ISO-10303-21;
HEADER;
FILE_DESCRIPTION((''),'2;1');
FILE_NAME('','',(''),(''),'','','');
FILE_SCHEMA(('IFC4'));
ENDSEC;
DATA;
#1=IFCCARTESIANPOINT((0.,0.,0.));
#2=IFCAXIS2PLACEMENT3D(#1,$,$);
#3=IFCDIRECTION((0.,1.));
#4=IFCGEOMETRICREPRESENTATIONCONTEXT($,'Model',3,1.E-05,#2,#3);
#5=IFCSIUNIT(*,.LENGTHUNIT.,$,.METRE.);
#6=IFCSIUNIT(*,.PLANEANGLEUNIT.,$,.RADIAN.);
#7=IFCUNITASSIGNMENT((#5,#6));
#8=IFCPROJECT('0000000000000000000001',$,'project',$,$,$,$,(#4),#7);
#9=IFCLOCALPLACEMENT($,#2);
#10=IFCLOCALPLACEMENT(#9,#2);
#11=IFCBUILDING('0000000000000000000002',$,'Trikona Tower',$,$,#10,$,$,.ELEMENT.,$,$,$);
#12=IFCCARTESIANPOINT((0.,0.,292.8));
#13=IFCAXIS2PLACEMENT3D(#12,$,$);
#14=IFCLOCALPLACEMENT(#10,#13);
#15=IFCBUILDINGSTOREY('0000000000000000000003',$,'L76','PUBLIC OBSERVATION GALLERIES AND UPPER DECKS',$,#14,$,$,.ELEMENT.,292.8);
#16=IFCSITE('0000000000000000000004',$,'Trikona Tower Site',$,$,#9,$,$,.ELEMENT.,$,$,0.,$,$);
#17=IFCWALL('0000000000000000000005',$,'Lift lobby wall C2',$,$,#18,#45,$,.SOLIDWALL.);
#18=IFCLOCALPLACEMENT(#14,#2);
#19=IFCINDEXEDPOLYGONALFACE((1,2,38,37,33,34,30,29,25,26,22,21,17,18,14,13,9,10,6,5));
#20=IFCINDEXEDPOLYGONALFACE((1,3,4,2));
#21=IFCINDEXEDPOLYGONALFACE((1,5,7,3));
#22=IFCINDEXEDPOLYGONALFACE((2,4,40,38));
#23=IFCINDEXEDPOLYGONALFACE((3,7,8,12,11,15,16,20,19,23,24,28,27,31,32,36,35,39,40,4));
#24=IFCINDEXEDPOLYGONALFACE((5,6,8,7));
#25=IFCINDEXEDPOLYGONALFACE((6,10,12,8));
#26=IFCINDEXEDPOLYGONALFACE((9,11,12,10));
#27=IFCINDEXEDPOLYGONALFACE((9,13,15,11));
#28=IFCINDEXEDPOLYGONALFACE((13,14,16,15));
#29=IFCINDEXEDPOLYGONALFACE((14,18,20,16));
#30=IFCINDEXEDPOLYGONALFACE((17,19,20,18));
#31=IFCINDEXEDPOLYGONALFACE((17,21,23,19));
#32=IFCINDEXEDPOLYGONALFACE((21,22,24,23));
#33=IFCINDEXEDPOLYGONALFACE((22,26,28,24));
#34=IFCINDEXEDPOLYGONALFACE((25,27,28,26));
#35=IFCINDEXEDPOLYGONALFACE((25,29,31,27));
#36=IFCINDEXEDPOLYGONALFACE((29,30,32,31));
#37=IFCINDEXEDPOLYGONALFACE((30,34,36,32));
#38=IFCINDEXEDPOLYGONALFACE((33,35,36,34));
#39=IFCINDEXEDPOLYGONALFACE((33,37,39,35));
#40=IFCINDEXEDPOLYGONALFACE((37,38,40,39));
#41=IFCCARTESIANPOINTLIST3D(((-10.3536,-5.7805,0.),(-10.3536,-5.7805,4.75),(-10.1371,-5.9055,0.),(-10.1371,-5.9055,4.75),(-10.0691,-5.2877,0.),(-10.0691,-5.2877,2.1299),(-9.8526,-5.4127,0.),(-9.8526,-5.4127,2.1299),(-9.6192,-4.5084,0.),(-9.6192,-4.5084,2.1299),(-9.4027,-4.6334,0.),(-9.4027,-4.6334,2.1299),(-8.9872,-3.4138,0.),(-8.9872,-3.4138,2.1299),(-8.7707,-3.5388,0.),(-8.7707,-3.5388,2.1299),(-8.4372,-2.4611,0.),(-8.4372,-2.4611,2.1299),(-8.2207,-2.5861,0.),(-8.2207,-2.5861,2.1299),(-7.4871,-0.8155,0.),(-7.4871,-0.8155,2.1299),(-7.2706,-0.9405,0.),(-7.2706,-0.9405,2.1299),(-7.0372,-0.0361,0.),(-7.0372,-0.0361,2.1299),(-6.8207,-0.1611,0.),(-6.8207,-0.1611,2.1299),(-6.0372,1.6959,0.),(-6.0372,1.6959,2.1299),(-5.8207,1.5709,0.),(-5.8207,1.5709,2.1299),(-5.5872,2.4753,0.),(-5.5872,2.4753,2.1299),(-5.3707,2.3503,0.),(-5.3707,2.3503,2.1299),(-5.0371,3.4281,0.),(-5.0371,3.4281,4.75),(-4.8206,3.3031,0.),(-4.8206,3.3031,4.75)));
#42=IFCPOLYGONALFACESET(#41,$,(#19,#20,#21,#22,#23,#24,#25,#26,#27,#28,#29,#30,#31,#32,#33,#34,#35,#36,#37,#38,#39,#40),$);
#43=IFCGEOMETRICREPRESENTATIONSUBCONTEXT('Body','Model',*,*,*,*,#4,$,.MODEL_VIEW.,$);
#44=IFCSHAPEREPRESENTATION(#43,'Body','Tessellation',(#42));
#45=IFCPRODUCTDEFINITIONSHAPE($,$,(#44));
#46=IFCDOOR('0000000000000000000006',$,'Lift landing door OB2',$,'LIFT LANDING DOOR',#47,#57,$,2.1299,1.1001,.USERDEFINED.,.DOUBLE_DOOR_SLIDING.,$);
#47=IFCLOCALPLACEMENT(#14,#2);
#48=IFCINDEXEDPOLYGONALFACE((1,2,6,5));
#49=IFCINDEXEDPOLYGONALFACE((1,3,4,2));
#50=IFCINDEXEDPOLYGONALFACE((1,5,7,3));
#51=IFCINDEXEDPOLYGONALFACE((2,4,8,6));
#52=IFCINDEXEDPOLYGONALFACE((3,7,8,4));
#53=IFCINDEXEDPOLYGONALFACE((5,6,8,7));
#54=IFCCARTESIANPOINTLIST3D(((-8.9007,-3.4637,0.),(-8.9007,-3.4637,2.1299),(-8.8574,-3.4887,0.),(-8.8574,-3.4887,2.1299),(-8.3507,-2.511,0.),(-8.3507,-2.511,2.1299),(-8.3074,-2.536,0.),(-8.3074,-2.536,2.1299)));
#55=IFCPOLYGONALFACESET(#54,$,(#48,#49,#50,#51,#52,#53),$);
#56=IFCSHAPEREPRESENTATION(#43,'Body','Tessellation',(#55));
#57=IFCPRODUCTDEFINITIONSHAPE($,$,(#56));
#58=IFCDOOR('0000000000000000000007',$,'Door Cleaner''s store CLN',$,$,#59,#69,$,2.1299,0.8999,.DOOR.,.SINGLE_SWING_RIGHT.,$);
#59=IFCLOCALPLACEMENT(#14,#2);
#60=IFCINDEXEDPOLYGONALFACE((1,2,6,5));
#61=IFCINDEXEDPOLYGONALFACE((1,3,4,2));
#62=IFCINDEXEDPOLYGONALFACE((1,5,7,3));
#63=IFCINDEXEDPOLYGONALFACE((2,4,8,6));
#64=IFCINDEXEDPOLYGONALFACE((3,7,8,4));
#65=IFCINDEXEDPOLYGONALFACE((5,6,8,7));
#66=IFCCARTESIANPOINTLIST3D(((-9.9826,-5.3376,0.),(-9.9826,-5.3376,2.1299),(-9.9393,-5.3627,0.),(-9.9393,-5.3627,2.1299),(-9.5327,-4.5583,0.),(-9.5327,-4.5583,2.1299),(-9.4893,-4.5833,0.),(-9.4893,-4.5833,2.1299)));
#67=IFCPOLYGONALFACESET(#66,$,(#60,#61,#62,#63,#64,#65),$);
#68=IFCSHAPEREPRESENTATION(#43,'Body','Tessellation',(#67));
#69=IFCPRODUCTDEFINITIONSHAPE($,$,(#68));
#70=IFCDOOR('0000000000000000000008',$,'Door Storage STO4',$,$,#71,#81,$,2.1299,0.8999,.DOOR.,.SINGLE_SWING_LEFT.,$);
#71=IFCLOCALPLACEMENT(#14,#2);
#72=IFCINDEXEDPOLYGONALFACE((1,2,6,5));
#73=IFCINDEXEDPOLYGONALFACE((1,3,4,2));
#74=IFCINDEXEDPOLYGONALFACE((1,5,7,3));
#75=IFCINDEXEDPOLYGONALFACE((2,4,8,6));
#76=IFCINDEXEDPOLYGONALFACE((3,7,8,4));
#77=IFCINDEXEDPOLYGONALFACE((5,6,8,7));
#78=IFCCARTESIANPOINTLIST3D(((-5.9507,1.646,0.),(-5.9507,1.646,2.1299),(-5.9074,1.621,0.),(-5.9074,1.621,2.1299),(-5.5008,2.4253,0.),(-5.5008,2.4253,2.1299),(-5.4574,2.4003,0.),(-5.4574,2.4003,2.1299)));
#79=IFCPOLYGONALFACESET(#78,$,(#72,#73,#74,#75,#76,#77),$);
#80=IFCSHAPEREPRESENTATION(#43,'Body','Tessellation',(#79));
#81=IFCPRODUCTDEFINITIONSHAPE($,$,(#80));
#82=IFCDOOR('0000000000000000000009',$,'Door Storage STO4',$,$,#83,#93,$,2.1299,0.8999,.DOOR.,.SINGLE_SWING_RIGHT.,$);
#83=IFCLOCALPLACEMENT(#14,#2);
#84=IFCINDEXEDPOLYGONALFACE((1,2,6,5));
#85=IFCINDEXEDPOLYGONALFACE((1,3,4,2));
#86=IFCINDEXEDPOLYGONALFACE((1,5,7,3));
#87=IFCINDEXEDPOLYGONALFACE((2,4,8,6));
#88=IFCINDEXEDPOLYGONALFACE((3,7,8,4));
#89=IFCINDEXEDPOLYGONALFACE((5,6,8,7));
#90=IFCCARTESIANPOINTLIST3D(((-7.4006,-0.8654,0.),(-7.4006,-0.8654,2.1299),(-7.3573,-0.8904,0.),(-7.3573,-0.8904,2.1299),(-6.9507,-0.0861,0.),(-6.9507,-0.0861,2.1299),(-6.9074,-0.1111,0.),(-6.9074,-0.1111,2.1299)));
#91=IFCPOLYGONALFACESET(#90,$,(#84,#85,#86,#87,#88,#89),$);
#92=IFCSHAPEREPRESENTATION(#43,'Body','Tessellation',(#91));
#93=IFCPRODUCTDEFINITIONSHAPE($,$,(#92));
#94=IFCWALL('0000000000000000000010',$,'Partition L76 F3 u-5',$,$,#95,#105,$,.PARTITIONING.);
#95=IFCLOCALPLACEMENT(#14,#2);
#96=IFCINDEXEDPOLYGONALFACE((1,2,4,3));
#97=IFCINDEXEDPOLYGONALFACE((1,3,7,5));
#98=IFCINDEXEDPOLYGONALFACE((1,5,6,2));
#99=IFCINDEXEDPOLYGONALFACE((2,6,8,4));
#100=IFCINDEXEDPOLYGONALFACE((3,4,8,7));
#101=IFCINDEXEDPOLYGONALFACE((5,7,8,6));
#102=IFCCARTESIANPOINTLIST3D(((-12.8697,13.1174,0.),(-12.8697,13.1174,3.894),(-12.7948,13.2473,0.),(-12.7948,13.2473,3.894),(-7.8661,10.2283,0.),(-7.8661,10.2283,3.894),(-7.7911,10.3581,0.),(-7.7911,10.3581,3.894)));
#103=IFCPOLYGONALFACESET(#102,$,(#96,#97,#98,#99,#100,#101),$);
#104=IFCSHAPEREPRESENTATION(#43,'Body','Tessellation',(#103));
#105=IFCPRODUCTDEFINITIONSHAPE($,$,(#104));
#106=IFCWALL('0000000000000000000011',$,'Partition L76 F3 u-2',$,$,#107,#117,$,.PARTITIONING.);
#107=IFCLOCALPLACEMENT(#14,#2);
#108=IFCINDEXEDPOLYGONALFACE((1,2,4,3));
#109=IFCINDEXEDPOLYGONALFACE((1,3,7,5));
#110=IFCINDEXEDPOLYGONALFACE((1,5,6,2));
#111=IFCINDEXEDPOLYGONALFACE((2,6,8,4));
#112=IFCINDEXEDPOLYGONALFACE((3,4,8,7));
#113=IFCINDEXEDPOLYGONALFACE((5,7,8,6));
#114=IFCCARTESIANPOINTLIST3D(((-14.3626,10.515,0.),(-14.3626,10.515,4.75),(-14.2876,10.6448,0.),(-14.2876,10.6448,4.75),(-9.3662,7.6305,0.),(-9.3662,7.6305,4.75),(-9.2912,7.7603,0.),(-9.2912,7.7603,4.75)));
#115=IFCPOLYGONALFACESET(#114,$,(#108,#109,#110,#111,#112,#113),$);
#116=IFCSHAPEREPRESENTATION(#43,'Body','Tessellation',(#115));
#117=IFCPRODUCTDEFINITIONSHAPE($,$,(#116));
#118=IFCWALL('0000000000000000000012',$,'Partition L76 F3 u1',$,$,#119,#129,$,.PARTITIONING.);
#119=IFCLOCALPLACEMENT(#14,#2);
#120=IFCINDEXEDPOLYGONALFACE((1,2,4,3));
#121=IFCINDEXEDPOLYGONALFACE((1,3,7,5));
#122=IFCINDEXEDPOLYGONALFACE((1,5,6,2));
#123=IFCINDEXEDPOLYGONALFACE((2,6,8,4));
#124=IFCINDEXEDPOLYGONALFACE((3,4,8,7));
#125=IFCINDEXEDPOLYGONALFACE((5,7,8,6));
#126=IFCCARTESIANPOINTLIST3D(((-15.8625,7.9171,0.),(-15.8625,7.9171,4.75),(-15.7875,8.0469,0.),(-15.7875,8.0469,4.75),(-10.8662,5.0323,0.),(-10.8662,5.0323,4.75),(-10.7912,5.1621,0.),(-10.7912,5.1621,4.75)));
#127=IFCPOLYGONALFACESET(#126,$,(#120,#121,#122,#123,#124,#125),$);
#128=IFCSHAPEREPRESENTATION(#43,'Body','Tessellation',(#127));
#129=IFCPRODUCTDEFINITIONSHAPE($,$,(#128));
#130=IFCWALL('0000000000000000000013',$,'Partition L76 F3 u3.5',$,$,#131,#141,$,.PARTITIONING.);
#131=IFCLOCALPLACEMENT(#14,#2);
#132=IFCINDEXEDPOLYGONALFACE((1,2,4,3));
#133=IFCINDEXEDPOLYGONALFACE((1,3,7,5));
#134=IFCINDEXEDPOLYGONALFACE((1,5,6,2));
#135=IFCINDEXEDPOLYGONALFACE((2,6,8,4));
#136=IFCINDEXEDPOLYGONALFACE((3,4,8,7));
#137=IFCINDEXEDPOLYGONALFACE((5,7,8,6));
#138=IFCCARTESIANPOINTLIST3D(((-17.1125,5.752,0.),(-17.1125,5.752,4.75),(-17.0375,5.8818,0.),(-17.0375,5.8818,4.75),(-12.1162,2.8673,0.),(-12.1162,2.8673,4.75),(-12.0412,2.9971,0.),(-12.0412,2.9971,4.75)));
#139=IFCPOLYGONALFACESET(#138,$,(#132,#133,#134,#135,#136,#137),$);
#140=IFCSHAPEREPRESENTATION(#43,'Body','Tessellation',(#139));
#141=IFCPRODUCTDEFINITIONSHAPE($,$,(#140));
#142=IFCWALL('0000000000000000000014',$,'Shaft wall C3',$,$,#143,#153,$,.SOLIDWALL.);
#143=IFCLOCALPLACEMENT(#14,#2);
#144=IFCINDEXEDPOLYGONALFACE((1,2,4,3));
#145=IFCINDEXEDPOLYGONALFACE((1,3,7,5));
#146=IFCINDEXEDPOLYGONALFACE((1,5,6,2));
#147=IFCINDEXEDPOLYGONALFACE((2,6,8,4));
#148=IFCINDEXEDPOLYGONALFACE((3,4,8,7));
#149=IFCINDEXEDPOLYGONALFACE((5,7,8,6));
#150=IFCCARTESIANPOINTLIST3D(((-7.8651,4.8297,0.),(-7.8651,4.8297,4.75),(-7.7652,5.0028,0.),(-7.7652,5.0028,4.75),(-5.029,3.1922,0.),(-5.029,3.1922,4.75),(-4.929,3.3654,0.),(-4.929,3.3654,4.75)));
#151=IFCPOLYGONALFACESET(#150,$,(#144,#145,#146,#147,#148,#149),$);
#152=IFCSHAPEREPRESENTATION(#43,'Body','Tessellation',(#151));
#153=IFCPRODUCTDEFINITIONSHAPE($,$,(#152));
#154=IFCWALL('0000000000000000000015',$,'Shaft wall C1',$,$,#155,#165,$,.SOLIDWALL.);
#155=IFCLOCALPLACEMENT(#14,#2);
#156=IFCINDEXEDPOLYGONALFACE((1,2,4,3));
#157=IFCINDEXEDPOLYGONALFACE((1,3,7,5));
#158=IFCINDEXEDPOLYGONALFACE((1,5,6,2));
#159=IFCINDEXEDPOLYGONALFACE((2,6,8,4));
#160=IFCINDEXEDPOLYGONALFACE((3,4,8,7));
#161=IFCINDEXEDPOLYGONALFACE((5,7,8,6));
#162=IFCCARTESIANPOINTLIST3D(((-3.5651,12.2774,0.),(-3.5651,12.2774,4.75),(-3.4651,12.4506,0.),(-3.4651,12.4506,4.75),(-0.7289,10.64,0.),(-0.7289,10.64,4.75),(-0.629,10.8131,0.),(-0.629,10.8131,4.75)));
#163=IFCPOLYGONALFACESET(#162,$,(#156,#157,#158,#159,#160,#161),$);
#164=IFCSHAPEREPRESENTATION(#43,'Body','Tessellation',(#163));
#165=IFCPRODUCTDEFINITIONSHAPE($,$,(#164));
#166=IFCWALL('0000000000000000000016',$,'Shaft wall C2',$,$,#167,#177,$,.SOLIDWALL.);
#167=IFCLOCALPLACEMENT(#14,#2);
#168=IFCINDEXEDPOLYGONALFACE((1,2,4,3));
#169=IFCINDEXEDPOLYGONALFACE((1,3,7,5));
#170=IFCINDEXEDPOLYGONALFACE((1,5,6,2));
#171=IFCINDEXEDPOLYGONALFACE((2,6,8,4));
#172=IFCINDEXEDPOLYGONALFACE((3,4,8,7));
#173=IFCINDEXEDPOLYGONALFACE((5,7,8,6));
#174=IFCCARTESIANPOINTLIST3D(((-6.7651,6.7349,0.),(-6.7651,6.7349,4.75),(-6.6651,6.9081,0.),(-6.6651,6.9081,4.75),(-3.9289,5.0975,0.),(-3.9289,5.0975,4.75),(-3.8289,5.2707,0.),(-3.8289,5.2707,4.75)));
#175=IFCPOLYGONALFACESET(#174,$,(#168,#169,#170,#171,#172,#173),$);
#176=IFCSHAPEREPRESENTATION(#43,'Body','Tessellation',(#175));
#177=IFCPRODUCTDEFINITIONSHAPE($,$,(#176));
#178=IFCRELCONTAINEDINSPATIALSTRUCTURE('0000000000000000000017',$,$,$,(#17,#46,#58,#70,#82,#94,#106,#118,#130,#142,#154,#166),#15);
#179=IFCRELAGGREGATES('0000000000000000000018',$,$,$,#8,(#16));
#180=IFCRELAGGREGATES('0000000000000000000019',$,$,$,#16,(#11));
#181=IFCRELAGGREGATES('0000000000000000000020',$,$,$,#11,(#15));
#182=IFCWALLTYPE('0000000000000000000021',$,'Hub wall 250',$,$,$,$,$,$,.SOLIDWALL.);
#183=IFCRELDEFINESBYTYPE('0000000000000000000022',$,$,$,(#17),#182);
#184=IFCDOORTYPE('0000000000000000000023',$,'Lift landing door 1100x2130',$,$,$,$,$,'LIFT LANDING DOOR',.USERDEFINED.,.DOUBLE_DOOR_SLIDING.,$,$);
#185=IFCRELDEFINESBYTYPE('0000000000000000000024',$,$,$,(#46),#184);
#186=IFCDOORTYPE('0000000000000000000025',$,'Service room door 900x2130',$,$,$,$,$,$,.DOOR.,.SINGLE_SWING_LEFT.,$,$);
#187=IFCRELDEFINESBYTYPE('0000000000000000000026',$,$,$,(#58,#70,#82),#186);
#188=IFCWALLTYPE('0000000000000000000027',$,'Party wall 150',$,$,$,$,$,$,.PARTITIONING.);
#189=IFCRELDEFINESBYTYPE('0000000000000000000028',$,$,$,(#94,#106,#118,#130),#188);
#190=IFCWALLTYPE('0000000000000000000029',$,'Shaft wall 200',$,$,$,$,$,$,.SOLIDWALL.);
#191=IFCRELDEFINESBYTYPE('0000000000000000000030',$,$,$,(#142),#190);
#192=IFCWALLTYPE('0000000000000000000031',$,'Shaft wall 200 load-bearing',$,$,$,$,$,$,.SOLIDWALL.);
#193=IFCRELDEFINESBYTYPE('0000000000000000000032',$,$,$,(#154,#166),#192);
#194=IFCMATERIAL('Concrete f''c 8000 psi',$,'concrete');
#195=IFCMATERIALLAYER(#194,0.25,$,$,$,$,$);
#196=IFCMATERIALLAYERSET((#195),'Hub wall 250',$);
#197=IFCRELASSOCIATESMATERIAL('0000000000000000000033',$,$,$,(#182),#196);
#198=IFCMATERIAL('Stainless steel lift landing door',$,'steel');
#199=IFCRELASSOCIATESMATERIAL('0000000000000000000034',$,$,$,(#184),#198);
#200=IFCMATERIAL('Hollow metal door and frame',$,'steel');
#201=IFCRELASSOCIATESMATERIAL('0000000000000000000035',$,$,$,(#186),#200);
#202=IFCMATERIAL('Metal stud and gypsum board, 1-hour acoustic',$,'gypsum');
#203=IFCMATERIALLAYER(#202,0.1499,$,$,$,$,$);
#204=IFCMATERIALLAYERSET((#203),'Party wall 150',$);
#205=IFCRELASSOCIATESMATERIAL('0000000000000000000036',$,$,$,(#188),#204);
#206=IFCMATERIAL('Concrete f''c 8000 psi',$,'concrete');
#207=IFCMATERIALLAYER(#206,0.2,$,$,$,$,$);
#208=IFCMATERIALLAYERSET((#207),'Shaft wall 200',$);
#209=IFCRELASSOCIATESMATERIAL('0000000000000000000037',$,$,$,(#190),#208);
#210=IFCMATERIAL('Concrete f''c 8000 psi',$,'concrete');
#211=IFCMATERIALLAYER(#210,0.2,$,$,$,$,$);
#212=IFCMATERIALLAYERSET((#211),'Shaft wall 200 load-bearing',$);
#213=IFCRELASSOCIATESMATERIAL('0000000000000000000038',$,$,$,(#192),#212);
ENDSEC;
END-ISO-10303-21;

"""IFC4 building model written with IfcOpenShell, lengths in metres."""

from ifc_helpers import new_model, si_unit, direction, frame, frame_2d, origin, place, context, subcontext, project, spatial, rectangle, extrude, material, layer, layer_set, type_object, element, fill, save


model = new_model("IFC4")

# Units and contexts
model_context = context("Model", 3, precision=1e-05, world=origin(), true_north=direction((0.0, 1.0)))
body_context = subcontext(model_context, "Body", "Model", "MODEL_VIEW")
ifc_project = project(units=[si_unit("LENGTHUNIT", "METRE"), si_unit("PLANEANGLEUNIT", "RADIAN")], contexts=[model_context])

# Site, building, storey
site_placement = place(None, origin())
site = spatial("IfcSite", under=ifc_project, at=site_placement, Name="Trikona Tower Site", CompositionType="ELEMENT", RefElevation=0.0)
building_placement = place(site_placement, origin())
building = spatial("IfcBuilding", under=site, at=building_placement, Name="Trikona Tower", CompositionType="ELEMENT")
storey_placement = place(building_placement, frame((0.0, 0.0, 292.8)))
storey = spatial("IfcBuildingStorey", under=building, at=storey_placement, Name="L76", Description="PUBLIC OBSERVATION GALLERIES AND UPPER DECKS", CompositionType="ELEMENT", Elevation=292.8)

# Wall, openings, doors
ifc_material_1 = material(Name="Concrete f'c 8000 psi", Category="concrete")
ifc_layer_1 = layer(ifc_material_1, 0.25)
ifc_layer_set_1 = layer_set([ifc_layer_1], Name="Hub wall 250")
wall_type_1 = type_object("IfcWallType", Name="Hub wall 250", PredefinedType="SOLIDWALL", material=ifc_layer_set_1)
wall_1_placement = place(storey_placement, frame((-4.929, 3.3655, 0.0), z_axis=(0.0, 0.0, 1.0), x_axis=(-0.499991, -0.86603, 0.0)))
wall_1 = element("IfcWall", 1, at=wall_1_placement, inside=storey, type_object=wall_type_1, Name="Lift lobby wall C2", PredefinedType="SOLIDWALL", context=body_context, shape_type="SweptSolid", body=[
    extrude(rectangle(XDim=10.6331, YDim=0.25, at=frame_2d((5.3164, 0.0))), origin(), (0.0, 0.0, 1.0), 4.75),
])
opening_1_placement = place(wall_1_placement, frame((9.1641, 0.0, 0.0)))
opening_1 = element("IfcOpeningElement", 2, at=opening_1_placement, cuts=wall_1, PredefinedType="OPENING", context=body_context, shape_type="SweptSolid", body=[
    extrude(rectangle(XDim=0.8999, YDim=2.1299, at=frame_2d((0.45, 1.0649))), frame((0.0, 0.135, 0.0), z_axis=(0.0, -1.0, 0.0), x_axis=(1.0, 0.0, 0.0)), (0.0, 0.0, 1.0), 0.27),
])
opening_2_placement = place(wall_1_placement, frame((1.1001, 0.0, 0.0)))
opening_2 = element("IfcOpeningElement", 3, at=opening_2_placement, cuts=wall_1, PredefinedType="OPENING", context=body_context, shape_type="SweptSolid", body=[
    extrude(rectangle(XDim=0.8999, YDim=2.1299, at=frame_2d((0.45, 1.0649))), frame((0.0, 0.135, 0.0), z_axis=(0.0, -1.0, 0.0), x_axis=(1.0, 0.0, 0.0)), (0.0, 0.0, 1.0), 0.27),
])
opening_3_placement = place(wall_1_placement, frame((4.0, 0.0, 0.0)))
opening_3 = element("IfcOpeningElement", 4, at=opening_3_placement, cuts=wall_1, PredefinedType="OPENING", context=body_context, shape_type="SweptSolid", body=[
    extrude(rectangle(XDim=0.8999, YDim=2.1299, at=frame_2d((0.45, 1.0649))), frame((0.0, 0.135, 0.0), z_axis=(0.0, -1.0, 0.0), x_axis=(1.0, 0.0, 0.0)), (0.0, 0.0, 1.0), 0.27),
])
opening_4_placement = place(wall_1_placement, frame((6.8, 0.0, 0.0)))
opening_4 = element("IfcOpeningElement", 5, at=opening_4_placement, cuts=wall_1, PredefinedType="OPENING", context=body_context, shape_type="SweptSolid", body=[
    extrude(rectangle(XDim=1.1001, YDim=2.1299, at=frame_2d((0.55, 1.0649))), frame((0.0, 0.135, 0.0), z_axis=(0.0, -1.0, 0.0), x_axis=(1.0, 0.0, 0.0)), (0.0, 0.0, 1.0), 0.27),
])
ifc_material_2 = material(Name="Stainless steel lift landing door", Category="steel")
door_type_1 = type_object("IfcDoorType", Name="Lift landing door 1100x2130", ElementType="LIFT LANDING DOOR", OperationType="DOUBLE_DOOR_SLIDING", PredefinedType="USERDEFINED", material=ifc_material_2)
door_1_placement = place(opening_4_placement, origin())
door_1 = element("IfcDoor", 6, at=door_1_placement, inside=storey, type_object=door_type_1, Name="Lift landing door OB2", ObjectType="LIFT LANDING DOOR", OperationType="DOUBLE_DOOR_SLIDING", OverallHeight=2.1299, OverallWidth=1.1001, PredefinedType="USERDEFINED", context=body_context, shape_type="SweptSolid", body=[
    extrude(rectangle(XDim=1.1001, YDim=2.1299, at=frame_2d((0.55, 1.0649))), frame((0.0, 0.0249, 0.0), z_axis=(0.0, -1.0, 0.0), x_axis=(1.0, 0.0, 0.0)), (0.0, 0.0, 1.0), 0.05),
])
fill(opening_4, door_1)
ifc_material_3 = material(Name="Hollow metal door and frame", Category="steel")
door_type_2 = type_object("IfcDoorType", Name="Service room door 900x2130", OperationType="SINGLE_SWING_LEFT", PredefinedType="DOOR", material=ifc_material_3)
door_2_placement = place(opening_1_placement, origin())
door_2 = element("IfcDoor", 7, at=door_2_placement, inside=storey, type_object=door_type_2, Name="Door Cleaner's store CLN", OperationType="SINGLE_SWING_RIGHT", OverallHeight=2.1299, OverallWidth=0.8999, PredefinedType="DOOR", context=body_context, shape_type="SweptSolid", body=[
    extrude(rectangle(XDim=0.8999, YDim=2.1299, at=frame_2d((0.45, 1.0649))), frame((0.0, 0.0249, 0.0), z_axis=(0.0, -1.0, 0.0), x_axis=(1.0, 0.0, 0.0)), (0.0, 0.0, 1.0), 0.05),
])
fill(opening_1, door_2)
door_3_placement = place(opening_2_placement, origin())
door_3 = element("IfcDoor", 8, at=door_3_placement, inside=storey, type_object=door_type_2, Name="Door Storage STO4", OperationType="SINGLE_SWING_LEFT", OverallHeight=2.1299, OverallWidth=0.8999, PredefinedType="DOOR", context=body_context, shape_type="SweptSolid", body=[
    extrude(rectangle(XDim=0.8999, YDim=2.1299, at=frame_2d((0.45, 1.0649))), frame((0.0, 0.0249, 0.0), z_axis=(0.0, -1.0, 0.0), x_axis=(1.0, 0.0, 0.0)), (0.0, 0.0, 1.0), 0.05),
])
fill(opening_2, door_3)
door_4_placement = place(opening_3_placement, origin())
door_4 = element("IfcDoor", 9, at=door_4_placement, inside=storey, type_object=door_type_2, Name="Door Storage STO4", OperationType="SINGLE_SWING_RIGHT", OverallHeight=2.1299, OverallWidth=0.8999, PredefinedType="DOOR", context=body_context, shape_type="SweptSolid", body=[
    extrude(rectangle(XDim=0.8999, YDim=2.1299, at=frame_2d((0.45, 1.0649))), frame((0.0, 0.0249, 0.0), z_axis=(0.0, -1.0, 0.0), x_axis=(1.0, 0.0, 0.0)), (0.0, 0.0, 1.0), 0.05),
])
fill(opening_3, door_4)

# Walls
ifc_material_4 = material(Name="Metal stud and gypsum board, 1-hour acoustic", Category="gypsum")
ifc_layer_2 = layer(ifc_material_4, 0.1499)
ifc_layer_set_2 = layer_set([ifc_layer_2], Name="Party wall 150")
wall_type_2 = type_object("IfcWallType", Name="Party wall 150", PredefinedType="PARTITIONING", material=ifc_layer_set_2)
wall_2_placement = place(storey_placement, frame((-7.8286, 10.2932, 0.0), z_axis=(0.0, 0.0, 1.0), x_axis=(-0.866003, 0.500038, 0.0)))
element("IfcWall", 10, at=wall_2_placement, inside=storey, type_object=wall_type_2, Name="Partition L76 F3 u-5", PredefinedType="PARTITIONING", context=body_context, shape_type="SweptSolid", body=[
    extrude(rectangle(XDim=5.7778, YDim=0.1499, at=frame_2d((2.8889, 0.0))), origin(), (0.0, 0.0, 1.0), 3.894),
])
for number, where, z_axis, x_axis, name in (
    (11, (-9.3286, 7.6953, 0.0), (0.0, 0.0, 1.0), (-0.866034, 0.499985, 0.0), "Partition L76 F3 u-2"),
    (12, (-10.8286, 5.0972, 0.0), (0.0, 0.0, 1.0), (-0.866016, 0.500017, 0.0), "Partition L76 F3 u1"),
    (13, (-12.0786, 2.9321, 0.0), (0.0, 0.0, 1.0), (-0.866016, 0.500017, 0.0), "Partition L76 F3 u3.5"),
):
    element("IfcWall", number, at=place(storey_placement, frame(where, z_axis=z_axis, x_axis=x_axis)), inside=storey, type_object=wall_type_2, Name=name, PredefinedType="PARTITIONING", context=body_context, shape_type="SweptSolid", body=[
        extrude(rectangle(XDim=5.7693, YDim=0.1499, at=frame_2d((2.8848, 0.0))), origin(), (0.0, 0.0, 1.0), 4.75),
    ])
ifc_material_5 = material(Name="Concrete f'c 8000 psi", Category="concrete")
ifc_layer_3 = layer(ifc_material_5, 0.2)
ifc_layer_set_3 = layer_set([ifc_layer_3], Name="Shaft wall 200")
wall_type_3 = type_object("IfcWallType", Name="Shaft wall 200", PredefinedType="SOLIDWALL", material=ifc_layer_set_3)
wall_3_placement = place(storey_placement, frame((-4.979, 3.2788, 0.0), z_axis=(0.0, 0.0, 1.0), x_axis=(-0.866028, 0.499996, 0.0)))
element("IfcWall", 14, at=wall_3_placement, inside=storey, type_object=wall_type_3, Name="Shaft wall C3", PredefinedType="SOLIDWALL", context=body_context, shape_type="SweptSolid", body=[
    extrude(rectangle(XDim=3.2749, YDim=0.2, at=frame_2d((1.6375, 0.0))), origin(), (0.0, 0.0, 1.0), 4.75),
])
ifc_material_6 = material(Name="Concrete f'c 8000 psi", Category="concrete")
ifc_layer_4 = layer(ifc_material_6, 0.2)
ifc_layer_set_4 = layer_set([ifc_layer_4], Name="Shaft wall 200 load-bearing")
wall_type_4 = type_object("IfcWallType", Name="Shaft wall 200 load-bearing", PredefinedType="SOLIDWALL", material=ifc_layer_set_4)
for number, where, z_axis, x_axis, name in (
    (15, (-0.679, 10.7266, 0.0), (0.0, 0.0, 1.0), (-0.866028, 0.499996, 0.0), "Shaft wall C1"),
    (16, (-3.8789, 5.1841, 0.0), (0.0, 0.0, 1.0), (-0.866028, 0.499996, 0.0), "Shaft wall C2"),
):
    element("IfcWall", number, at=place(storey_placement, frame(where, z_axis=z_axis, x_axis=x_axis)), inside=storey, type_object=wall_type_4, Name=name, PredefinedType="SOLIDWALL", context=body_context, shape_type="SweptSolid", body=[
        extrude(rectangle(XDim=3.2749, YDim=0.2, at=frame_2d((1.6375, 0.0))), origin(), (0.0, 0.0, 1.0), 4.75),
    ])

save(model, "model.ifc")
